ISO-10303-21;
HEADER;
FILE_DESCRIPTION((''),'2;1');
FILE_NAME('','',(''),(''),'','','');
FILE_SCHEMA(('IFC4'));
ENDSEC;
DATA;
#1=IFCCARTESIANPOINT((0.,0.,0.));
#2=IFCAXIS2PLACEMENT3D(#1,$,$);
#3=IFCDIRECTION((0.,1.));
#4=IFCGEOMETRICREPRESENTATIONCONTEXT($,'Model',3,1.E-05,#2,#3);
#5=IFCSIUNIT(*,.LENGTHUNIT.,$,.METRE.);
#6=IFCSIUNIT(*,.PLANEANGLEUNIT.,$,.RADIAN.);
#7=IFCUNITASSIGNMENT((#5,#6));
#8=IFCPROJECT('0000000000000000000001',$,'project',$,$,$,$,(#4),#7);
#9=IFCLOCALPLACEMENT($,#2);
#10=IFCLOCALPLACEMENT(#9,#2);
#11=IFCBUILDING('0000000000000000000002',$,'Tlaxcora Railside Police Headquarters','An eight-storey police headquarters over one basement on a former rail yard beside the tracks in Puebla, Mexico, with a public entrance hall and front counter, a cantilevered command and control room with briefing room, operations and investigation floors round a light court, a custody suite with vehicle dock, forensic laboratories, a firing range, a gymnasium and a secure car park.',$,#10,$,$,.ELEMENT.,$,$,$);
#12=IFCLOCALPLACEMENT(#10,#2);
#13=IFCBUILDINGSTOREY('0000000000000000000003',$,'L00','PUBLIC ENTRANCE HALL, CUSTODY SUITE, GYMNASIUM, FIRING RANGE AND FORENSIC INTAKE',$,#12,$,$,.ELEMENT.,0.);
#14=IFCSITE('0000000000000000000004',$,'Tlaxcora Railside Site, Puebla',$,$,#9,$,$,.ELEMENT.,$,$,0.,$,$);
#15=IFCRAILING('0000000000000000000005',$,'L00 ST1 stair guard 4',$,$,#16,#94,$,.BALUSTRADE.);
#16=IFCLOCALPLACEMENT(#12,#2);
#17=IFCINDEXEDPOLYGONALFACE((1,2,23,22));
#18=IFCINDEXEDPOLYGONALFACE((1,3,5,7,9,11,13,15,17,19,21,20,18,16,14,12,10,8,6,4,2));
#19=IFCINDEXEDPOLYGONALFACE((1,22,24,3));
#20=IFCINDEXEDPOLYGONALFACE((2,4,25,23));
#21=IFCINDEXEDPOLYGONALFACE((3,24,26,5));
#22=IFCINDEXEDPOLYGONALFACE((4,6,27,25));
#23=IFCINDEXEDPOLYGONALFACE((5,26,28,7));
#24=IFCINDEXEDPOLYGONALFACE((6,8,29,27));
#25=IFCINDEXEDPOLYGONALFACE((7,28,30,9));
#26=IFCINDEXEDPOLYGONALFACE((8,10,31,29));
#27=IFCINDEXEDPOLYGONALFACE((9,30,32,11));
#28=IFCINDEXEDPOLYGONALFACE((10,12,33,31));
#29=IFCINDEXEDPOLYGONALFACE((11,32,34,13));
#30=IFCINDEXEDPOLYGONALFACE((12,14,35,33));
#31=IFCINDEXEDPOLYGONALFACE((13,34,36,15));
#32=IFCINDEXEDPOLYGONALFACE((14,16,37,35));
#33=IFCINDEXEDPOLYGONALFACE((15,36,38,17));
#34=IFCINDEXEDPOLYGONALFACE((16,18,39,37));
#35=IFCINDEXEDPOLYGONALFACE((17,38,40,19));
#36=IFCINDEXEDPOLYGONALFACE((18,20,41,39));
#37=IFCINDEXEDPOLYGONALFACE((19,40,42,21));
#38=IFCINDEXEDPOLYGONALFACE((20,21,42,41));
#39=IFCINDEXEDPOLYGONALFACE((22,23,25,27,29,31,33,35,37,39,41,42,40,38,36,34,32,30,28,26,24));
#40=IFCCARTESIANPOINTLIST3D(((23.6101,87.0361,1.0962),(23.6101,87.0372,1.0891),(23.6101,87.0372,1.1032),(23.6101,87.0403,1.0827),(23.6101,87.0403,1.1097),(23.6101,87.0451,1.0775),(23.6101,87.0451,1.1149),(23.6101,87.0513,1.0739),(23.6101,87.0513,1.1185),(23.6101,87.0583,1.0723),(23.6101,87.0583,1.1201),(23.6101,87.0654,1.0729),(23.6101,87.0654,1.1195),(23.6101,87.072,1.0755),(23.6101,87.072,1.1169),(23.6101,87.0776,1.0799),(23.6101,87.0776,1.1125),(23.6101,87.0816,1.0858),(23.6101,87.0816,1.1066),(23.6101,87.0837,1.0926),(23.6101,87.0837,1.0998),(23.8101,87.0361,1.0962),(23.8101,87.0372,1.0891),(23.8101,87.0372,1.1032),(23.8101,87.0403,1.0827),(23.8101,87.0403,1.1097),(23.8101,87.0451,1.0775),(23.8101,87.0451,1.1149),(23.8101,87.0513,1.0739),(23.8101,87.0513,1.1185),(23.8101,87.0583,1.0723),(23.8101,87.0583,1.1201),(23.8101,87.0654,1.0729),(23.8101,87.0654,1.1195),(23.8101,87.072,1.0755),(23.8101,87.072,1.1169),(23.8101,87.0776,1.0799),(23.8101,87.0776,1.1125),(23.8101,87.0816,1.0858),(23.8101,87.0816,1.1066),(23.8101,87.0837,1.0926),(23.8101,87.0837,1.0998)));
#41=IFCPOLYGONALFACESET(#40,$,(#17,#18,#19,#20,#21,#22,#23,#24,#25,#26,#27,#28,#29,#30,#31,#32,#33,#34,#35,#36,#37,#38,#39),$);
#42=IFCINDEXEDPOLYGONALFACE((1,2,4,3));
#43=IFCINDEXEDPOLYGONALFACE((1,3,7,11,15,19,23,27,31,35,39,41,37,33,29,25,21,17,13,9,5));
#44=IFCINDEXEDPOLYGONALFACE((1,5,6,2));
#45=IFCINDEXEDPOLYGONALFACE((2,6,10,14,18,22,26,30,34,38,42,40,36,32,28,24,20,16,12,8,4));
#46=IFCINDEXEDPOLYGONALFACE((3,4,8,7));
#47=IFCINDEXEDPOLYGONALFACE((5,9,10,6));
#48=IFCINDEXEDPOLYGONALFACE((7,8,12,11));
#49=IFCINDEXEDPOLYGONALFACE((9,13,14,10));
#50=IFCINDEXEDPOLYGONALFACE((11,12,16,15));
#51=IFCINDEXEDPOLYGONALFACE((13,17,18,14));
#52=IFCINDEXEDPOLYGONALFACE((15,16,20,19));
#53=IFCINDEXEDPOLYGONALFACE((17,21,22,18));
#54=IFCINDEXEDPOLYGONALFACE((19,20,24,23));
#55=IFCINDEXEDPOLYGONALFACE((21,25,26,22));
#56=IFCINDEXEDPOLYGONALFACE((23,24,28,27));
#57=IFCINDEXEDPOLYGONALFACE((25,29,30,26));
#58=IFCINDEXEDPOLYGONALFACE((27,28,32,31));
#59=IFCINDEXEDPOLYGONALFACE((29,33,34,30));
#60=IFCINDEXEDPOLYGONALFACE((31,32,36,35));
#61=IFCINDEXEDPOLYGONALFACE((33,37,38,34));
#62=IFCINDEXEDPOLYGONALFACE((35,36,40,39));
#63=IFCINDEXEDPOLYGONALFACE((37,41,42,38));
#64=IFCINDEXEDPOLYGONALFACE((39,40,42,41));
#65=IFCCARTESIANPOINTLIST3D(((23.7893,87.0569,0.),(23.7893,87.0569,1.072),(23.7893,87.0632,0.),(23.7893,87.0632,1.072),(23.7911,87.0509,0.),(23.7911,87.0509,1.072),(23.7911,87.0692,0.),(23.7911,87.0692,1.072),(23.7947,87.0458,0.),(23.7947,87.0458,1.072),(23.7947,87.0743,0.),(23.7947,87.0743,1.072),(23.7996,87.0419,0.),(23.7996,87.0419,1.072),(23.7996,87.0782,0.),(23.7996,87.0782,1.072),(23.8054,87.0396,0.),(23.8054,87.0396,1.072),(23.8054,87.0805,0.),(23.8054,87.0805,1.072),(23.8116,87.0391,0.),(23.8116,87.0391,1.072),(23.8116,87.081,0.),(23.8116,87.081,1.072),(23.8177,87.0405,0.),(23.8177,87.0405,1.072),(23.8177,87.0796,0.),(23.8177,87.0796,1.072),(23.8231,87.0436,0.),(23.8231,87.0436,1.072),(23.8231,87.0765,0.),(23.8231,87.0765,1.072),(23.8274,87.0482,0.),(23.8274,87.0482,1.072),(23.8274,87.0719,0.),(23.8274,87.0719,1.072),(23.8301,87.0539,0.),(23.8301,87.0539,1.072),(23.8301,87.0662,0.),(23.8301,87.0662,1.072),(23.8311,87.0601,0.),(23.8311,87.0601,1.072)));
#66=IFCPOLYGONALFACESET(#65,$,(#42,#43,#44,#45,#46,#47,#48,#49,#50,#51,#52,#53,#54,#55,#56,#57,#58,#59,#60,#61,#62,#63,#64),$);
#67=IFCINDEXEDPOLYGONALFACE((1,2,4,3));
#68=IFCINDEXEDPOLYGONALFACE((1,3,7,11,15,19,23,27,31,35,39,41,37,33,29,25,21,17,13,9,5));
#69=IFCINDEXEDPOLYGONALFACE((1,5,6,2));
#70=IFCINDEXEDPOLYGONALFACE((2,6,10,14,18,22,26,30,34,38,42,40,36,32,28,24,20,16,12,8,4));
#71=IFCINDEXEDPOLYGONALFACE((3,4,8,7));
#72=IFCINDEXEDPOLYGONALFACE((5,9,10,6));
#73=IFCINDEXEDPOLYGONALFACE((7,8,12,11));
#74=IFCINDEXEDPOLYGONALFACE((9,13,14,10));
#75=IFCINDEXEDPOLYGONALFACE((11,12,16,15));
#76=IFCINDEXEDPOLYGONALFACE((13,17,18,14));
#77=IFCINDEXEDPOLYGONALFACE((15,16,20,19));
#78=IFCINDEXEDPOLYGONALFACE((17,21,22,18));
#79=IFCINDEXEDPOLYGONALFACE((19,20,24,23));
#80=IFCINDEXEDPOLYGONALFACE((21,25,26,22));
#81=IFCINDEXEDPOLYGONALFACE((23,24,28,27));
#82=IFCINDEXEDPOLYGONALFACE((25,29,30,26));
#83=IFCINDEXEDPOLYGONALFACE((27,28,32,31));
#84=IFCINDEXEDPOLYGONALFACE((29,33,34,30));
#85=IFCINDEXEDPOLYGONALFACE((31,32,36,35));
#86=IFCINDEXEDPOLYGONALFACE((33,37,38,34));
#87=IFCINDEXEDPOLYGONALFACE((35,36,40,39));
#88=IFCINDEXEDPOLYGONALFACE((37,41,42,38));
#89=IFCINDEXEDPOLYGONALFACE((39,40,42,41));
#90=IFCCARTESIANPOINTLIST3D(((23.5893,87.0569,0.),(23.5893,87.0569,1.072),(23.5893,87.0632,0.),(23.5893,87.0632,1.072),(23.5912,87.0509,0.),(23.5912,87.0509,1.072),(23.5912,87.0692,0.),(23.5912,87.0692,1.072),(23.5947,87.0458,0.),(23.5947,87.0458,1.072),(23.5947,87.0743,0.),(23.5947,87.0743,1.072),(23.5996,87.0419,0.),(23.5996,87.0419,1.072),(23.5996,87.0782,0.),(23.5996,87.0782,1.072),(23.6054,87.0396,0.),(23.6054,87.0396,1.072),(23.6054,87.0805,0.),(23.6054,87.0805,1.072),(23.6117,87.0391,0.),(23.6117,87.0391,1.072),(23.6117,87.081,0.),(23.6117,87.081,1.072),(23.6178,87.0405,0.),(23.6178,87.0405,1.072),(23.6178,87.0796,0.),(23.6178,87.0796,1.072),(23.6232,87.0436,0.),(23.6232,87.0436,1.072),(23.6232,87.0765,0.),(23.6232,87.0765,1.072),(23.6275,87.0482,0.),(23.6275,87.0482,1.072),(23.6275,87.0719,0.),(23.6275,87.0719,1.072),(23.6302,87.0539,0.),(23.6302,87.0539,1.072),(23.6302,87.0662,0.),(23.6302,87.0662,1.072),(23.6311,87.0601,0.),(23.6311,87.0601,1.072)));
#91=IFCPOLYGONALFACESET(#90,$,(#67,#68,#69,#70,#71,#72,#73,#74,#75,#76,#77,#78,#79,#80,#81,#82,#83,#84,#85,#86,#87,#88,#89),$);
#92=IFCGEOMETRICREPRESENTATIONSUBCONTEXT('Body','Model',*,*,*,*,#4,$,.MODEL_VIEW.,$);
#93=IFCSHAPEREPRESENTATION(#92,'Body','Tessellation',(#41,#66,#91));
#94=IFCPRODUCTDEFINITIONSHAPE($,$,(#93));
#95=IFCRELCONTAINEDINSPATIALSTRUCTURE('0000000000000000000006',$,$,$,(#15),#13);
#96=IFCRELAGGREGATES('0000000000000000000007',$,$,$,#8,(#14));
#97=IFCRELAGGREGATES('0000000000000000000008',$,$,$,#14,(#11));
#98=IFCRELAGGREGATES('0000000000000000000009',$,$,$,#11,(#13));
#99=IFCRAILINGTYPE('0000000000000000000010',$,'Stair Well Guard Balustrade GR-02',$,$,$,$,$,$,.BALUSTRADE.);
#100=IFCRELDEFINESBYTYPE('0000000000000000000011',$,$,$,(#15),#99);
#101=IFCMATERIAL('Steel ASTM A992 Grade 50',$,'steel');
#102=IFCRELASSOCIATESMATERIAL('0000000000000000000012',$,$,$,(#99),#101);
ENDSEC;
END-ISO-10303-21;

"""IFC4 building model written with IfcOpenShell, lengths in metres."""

from ifc_helpers import new_model, si_unit, direction, frame, origin, origin_2d, place, context, subcontext, project, spatial, circle, extrude, material, type_object, element, save


model = new_model("IFC4")

# Units and contexts
model_context = context("Model", 3, precision=1e-05, world=origin(), true_north=direction((0.0, 1.0)))
body_context = subcontext(model_context, "Body", "Model", "MODEL_VIEW")
ifc_project = project(units=[si_unit("LENGTHUNIT", "METRE"), si_unit("PLANEANGLEUNIT", "RADIAN")], contexts=[model_context])

# Site, building, storey
site_placement = place(None, origin())
site = spatial("IfcSite", under=ifc_project, at=site_placement, Name="Tlaxcora Railside Site, Puebla", CompositionType="ELEMENT", RefElevation=0.0)
building_placement = place(site_placement, origin())
building = spatial("IfcBuilding", under=site, at=building_placement, Name="Tlaxcora Railside Police Headquarters", Description="An eight-storey police headquarters over one basement on a former rail yard beside the tracks in Puebla, Mexico, with a public entrance hall and front counter, a cantilevered command and control room with briefing room, operations and investigation floors round a light court, a custody suite with vehicle dock, forensic laboratories, a firing range, a gymnasium and a secure car park.", CompositionType="ELEMENT")
storey_placement = place(building_placement, origin())
storey = spatial("IfcBuildingStorey", under=building, at=storey_placement, Name="L00", Description="PUBLIC ENTRANCE HALL, CUSTODY SUITE, GYMNASIUM, FIRING RANGE AND FORENSIC INTAKE", CompositionType="ELEMENT", Elevation=0.0)

# Shared definitions
ifc_material_1 = material(Name="Steel ASTM A992 Grade 50", Category="steel")

# Railing
railing_type_1 = type_object("IfcRailingType", Name="Stair Well Guard Balustrade GR-02", PredefinedType="BALUSTRADE", material=ifc_material_1)
railing_1_placement = place(storey_placement, frame((23.8101, 87.0601, 0.0)))
element("IfcRailing", 1, at=railing_1_placement, inside=storey, type_object=railing_type_1, Name="L00 ST1 stair guard 4", PredefinedType="BALUSTRADE", context=body_context, shape_type="SweptSolid", body=[
    extrude(circle(Radius=0.0239, at=origin_2d()), frame((0.0, 0.0, 1.0962), z_axis=(-1.0, 0.0, 0.0), x_axis=(0.0, -1.0, 0.0)), (0.0, 0.0, 1.0), 0.2),
    extrude(circle(Radius=0.021, at=origin_2d()), origin(), (0.0, 0.0, 1.0), 1.072),
    extrude(circle(Radius=0.021, at=origin_2d()), frame((-0.2, 0.0, 0.0)), (0.0, 0.0, 1.0), 1.072),
])

save(model, "model.ifc")
